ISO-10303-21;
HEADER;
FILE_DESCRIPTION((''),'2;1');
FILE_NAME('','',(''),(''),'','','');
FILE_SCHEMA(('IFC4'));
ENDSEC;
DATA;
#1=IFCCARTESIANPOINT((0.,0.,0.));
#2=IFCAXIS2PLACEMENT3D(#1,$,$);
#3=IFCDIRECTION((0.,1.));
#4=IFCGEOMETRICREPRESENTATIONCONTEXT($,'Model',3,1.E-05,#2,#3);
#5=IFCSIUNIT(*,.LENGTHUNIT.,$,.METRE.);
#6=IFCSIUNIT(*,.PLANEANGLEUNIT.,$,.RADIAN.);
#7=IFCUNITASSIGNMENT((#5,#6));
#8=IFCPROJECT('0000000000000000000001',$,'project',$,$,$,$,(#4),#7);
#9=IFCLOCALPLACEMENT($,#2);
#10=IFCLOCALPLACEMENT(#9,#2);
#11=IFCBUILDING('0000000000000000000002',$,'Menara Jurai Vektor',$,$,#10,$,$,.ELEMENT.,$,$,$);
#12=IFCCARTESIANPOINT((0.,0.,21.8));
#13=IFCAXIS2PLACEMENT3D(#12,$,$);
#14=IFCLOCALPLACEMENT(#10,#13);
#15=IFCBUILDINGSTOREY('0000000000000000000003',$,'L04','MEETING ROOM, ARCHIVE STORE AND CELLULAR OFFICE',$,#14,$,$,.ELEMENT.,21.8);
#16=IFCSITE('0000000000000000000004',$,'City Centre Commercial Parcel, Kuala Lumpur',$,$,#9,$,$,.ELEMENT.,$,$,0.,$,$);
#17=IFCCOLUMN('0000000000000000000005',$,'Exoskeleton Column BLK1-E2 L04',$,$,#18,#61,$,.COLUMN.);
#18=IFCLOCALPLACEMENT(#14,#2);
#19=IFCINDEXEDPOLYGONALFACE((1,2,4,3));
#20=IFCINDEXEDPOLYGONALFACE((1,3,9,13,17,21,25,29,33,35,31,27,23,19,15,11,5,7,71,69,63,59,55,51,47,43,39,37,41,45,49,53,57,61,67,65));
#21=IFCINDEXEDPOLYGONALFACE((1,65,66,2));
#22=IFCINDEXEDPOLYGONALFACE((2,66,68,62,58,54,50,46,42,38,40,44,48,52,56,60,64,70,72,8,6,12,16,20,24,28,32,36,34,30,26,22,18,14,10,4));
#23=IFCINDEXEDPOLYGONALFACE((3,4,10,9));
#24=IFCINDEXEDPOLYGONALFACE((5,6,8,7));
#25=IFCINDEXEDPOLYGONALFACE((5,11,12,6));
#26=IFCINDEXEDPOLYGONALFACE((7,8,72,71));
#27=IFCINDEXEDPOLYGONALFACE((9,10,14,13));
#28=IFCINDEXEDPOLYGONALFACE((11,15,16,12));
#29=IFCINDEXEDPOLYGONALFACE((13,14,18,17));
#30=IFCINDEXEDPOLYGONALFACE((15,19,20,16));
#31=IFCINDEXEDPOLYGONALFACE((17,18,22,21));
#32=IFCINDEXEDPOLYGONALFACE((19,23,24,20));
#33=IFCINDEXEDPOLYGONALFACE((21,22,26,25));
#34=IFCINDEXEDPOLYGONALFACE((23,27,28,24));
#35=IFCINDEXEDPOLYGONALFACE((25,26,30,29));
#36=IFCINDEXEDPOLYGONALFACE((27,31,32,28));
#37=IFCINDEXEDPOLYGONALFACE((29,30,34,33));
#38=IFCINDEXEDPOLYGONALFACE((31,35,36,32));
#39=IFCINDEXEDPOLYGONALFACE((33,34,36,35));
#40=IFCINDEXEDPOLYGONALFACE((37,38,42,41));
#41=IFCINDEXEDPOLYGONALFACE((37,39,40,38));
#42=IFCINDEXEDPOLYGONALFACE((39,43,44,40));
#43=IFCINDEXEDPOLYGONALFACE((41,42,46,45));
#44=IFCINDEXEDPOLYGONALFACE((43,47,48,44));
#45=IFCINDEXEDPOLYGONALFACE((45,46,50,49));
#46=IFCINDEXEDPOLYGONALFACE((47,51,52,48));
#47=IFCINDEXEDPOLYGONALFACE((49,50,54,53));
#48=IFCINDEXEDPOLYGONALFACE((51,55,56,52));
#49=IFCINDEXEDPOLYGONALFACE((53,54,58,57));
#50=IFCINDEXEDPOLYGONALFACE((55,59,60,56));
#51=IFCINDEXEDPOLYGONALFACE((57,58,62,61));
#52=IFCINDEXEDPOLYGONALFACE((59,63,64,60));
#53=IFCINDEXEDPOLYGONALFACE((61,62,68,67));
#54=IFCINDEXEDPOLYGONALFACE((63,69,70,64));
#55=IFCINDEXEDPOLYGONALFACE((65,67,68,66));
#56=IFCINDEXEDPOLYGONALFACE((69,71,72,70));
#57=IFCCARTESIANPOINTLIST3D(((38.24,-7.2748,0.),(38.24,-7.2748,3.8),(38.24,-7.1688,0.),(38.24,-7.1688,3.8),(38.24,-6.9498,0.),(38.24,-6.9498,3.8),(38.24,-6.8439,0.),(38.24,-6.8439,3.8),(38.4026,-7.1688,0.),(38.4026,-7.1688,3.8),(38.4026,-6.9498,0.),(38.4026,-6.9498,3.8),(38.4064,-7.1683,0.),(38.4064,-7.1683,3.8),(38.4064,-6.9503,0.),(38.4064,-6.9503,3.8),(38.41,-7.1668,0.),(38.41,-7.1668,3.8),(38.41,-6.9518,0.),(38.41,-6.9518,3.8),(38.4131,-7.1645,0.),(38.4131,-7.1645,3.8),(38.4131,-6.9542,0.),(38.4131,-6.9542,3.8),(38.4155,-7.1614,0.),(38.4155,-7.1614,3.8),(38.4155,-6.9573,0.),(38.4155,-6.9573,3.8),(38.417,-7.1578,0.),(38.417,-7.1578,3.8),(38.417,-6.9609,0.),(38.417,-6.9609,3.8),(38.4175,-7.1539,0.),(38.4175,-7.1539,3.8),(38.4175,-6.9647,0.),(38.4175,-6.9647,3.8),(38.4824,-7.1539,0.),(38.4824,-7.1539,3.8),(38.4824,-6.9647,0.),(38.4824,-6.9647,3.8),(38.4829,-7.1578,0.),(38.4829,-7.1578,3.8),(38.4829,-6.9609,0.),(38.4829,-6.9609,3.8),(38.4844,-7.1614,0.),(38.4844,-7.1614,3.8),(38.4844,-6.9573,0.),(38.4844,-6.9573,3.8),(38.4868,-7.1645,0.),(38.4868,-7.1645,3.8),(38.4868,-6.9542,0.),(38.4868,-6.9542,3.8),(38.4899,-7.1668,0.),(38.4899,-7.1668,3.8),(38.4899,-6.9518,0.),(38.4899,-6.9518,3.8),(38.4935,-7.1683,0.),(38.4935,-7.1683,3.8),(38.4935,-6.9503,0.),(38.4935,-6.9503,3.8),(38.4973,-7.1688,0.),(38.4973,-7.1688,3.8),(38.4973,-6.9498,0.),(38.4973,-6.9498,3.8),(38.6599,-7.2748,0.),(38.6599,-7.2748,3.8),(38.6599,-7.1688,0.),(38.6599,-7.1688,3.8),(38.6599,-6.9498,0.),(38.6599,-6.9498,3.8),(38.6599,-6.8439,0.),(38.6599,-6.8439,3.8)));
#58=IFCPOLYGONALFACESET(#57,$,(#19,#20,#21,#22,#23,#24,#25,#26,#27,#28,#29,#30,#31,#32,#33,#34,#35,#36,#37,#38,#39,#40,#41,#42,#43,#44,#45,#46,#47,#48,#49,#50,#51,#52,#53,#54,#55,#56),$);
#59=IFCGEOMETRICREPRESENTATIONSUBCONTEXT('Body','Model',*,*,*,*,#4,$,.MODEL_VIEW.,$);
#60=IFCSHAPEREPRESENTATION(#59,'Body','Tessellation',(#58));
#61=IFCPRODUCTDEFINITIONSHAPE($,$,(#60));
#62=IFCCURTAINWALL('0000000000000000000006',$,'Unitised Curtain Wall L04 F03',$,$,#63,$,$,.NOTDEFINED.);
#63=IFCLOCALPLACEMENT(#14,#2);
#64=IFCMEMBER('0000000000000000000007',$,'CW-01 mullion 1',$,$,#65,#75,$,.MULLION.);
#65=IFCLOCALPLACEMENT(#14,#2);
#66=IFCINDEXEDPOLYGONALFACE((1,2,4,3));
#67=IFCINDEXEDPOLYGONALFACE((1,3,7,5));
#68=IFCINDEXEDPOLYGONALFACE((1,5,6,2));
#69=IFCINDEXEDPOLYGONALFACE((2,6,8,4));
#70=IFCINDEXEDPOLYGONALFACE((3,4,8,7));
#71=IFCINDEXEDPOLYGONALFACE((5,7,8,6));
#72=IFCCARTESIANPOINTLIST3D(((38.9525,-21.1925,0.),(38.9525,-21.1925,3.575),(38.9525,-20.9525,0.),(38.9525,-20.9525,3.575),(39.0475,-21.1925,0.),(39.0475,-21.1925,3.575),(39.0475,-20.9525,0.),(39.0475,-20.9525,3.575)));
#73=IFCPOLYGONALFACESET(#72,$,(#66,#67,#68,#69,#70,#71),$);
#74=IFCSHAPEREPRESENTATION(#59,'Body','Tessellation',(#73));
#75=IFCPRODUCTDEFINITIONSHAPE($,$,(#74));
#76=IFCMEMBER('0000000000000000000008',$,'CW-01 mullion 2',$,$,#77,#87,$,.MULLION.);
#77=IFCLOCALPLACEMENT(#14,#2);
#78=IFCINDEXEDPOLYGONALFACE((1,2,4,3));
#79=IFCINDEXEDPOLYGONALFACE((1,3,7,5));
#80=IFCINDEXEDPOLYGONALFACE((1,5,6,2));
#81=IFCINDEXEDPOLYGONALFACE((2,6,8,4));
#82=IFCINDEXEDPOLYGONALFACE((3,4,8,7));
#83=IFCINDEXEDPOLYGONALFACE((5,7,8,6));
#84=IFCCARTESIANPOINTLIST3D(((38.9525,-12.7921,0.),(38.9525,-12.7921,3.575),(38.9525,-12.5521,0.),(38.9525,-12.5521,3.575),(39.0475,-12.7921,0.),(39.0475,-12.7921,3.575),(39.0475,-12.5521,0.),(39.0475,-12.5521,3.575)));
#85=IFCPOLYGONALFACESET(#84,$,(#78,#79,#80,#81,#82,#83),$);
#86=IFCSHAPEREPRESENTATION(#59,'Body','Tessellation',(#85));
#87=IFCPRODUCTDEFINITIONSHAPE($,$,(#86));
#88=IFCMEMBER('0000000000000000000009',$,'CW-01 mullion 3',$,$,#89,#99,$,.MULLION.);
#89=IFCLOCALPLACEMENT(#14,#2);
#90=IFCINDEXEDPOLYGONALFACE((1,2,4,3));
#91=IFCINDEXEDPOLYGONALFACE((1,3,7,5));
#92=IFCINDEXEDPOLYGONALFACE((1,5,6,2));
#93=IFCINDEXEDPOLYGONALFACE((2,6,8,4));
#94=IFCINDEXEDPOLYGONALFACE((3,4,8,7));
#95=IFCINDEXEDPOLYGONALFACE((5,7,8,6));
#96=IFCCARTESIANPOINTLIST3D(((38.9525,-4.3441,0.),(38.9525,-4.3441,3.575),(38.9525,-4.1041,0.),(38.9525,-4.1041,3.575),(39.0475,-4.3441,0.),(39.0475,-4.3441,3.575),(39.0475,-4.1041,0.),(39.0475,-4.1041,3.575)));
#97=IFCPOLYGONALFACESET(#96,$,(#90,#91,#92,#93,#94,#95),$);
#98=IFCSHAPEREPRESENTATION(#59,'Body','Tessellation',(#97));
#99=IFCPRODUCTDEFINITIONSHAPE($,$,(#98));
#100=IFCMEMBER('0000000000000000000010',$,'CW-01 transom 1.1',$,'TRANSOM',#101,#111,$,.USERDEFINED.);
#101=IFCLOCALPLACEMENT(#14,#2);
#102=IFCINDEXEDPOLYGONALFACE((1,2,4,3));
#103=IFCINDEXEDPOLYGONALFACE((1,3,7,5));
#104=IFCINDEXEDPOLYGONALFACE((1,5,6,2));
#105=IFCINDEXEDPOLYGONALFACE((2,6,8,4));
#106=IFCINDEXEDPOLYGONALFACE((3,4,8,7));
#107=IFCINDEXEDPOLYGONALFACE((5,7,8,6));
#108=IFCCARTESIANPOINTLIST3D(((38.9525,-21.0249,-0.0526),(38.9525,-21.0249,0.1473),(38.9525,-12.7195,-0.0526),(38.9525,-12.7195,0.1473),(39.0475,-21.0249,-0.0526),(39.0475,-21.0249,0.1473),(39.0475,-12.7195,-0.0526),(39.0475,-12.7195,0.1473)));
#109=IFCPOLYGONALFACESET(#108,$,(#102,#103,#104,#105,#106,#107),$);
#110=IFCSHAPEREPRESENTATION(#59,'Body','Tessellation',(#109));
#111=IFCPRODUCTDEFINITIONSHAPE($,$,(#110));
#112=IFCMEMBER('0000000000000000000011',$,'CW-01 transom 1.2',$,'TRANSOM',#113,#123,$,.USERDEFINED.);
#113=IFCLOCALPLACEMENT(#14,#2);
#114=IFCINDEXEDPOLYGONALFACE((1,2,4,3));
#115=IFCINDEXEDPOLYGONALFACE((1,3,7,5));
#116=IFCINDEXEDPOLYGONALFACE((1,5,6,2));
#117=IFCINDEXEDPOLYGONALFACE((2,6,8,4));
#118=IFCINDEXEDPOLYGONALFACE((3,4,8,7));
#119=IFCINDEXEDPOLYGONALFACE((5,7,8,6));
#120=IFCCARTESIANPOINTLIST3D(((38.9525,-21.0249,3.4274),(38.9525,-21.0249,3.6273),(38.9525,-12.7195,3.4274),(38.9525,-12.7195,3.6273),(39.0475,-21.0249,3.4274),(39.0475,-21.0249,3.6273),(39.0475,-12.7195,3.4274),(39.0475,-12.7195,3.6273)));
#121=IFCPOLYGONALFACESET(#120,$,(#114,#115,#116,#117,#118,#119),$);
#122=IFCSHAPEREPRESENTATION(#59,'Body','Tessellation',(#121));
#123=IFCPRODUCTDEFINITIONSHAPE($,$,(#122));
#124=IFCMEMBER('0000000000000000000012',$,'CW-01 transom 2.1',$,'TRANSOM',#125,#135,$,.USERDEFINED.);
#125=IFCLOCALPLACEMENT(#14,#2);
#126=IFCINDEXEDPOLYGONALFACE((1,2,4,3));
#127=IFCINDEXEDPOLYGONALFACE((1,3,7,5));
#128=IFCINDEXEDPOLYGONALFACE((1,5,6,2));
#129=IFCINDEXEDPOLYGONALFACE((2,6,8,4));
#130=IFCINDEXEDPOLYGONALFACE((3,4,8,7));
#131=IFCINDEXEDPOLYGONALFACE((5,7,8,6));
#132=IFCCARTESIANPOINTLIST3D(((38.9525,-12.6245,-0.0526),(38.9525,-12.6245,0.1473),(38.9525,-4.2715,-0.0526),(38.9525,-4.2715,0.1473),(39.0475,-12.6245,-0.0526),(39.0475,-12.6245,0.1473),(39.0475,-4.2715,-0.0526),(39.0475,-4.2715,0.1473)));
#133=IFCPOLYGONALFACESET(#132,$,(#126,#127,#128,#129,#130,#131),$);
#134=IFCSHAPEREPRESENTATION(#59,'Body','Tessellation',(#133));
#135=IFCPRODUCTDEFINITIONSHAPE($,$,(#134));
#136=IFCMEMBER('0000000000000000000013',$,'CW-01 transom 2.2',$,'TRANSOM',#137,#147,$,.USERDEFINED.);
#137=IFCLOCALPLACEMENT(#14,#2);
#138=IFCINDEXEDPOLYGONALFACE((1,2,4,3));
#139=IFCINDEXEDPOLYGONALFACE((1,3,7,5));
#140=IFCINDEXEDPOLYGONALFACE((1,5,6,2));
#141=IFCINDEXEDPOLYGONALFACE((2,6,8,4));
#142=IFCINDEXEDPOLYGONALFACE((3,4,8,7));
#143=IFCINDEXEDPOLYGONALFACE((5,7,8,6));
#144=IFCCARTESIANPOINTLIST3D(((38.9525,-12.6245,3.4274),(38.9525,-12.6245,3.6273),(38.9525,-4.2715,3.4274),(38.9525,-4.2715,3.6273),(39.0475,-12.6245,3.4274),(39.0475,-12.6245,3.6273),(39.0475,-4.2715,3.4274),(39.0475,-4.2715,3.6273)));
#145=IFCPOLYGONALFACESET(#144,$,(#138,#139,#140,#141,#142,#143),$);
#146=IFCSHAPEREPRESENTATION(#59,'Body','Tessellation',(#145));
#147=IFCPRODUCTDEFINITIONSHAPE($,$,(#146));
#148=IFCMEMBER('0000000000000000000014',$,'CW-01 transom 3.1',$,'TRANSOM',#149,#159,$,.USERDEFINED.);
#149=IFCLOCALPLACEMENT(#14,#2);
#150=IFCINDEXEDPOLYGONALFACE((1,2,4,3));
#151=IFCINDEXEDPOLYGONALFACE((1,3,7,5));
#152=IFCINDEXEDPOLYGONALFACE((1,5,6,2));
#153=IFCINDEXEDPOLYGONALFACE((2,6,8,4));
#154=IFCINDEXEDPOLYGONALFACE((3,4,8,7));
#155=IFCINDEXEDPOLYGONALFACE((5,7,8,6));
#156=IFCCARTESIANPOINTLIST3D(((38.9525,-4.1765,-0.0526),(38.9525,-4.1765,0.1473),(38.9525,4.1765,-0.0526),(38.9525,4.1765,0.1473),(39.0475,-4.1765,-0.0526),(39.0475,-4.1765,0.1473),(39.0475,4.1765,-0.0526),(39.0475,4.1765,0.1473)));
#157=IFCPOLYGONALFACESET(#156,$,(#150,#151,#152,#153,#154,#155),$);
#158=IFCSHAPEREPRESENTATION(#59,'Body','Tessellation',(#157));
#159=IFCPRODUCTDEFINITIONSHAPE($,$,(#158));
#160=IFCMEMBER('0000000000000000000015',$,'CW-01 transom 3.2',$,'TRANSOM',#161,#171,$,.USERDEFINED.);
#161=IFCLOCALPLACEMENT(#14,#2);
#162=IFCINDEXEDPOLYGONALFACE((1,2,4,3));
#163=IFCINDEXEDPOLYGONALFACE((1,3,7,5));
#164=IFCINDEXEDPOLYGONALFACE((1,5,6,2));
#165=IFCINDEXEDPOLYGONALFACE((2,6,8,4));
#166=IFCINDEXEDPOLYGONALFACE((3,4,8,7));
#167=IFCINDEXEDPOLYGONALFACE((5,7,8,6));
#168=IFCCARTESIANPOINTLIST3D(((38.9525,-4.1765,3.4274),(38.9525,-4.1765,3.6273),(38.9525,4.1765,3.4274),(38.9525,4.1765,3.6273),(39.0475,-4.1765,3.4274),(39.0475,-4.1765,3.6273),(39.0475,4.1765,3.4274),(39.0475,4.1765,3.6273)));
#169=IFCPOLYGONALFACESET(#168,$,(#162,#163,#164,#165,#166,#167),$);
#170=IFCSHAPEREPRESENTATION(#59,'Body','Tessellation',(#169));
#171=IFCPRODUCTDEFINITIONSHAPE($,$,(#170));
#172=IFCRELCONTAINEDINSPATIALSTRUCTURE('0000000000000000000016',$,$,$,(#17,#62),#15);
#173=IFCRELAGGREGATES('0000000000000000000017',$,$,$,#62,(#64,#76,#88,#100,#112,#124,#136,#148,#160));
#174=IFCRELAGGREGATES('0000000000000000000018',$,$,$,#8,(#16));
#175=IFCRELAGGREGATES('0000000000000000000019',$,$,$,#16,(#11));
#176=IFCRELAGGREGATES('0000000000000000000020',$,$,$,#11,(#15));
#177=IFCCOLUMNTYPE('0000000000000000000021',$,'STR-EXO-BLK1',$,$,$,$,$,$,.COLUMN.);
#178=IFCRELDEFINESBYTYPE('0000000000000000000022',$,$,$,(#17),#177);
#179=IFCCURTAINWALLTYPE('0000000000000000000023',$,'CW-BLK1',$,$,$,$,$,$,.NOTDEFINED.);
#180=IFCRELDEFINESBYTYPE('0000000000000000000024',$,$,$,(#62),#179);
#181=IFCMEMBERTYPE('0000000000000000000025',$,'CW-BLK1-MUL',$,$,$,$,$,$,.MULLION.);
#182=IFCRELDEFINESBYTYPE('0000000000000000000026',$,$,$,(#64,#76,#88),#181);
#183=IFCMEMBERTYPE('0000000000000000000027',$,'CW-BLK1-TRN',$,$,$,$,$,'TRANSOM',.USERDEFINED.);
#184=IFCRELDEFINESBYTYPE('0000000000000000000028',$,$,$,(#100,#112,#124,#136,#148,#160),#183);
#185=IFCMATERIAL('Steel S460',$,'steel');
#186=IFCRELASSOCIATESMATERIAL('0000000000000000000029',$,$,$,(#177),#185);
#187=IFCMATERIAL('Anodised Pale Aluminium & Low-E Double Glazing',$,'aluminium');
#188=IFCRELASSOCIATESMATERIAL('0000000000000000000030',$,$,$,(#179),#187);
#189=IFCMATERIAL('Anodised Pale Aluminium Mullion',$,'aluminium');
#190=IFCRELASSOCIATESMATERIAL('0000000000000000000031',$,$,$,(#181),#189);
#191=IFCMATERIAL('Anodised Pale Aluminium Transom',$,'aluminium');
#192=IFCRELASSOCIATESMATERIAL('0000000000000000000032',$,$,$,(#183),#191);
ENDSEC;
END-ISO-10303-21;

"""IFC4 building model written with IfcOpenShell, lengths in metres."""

from ifc_helpers import new_model, si_unit, direction, frame, origin, origin_2d, place, context, subcontext, project, spatial, rectangle, i_section, extrude, material, material_profile, profile_set, type_object, element, aggregate, save


model = new_model("IFC4")

# Units and contexts
model_context = context("Model", 3, precision=1e-05, world=origin(), true_north=direction((0.0, 1.0)))
body_context = subcontext(model_context, "Body", "Model", "MODEL_VIEW")
ifc_project = project(units=[si_unit("LENGTHUNIT", "METRE"), si_unit("PLANEANGLEUNIT", "RADIAN")], contexts=[model_context])

# Site, building, storey
site_placement = place(None, origin())
site = spatial("IfcSite", under=ifc_project, at=site_placement, Name="City Centre Commercial Parcel, Kuala Lumpur", CompositionType="ELEMENT", RefElevation=0.0)
building_placement = place(site_placement, origin())
building = spatial("IfcBuilding", under=site, at=building_placement, Name="Menara Jurai Vektor", CompositionType="ELEMENT")
storey_placement = place(building_placement, frame((0.0, 0.0, 21.8)))
storey = spatial("IfcBuildingStorey", under=building, at=storey_placement, Name="L04", Description="MEETING ROOM, ARCHIVE STORE AND CELLULAR OFFICE", CompositionType="ELEMENT", Elevation=21.8)

# Column
ifc_material_1 = material(Name="Steel S460", Category="steel")
ifc_material_profile_1 = material_profile(ifc_material_1, i_section(OverallWidth=0.4199, OverallDepth=0.4309, WebThickness=0.0649, FlangeThickness=0.106, FilletRadius=0.0149, at=origin_2d()), Name="HD 400x900")
ifc_profile_set_1 = profile_set([ifc_material_profile_1], Name="Steel S460")
column_type = type_object("IfcColumnType", Name="STR-EXO-BLK1", PredefinedType="COLUMN", material=ifc_profile_set_1)
column_placement = place(storey_placement, frame((38.45, -7.0593, 0.0), z_axis=(0.0, 0.0, 1.0), x_axis=(1.0, 0.0, 0.0)))
element("IfcColumn", 1, at=column_placement, inside=storey, type_object=column_type, Name="Exoskeleton Column BLK1-E2 L04", PredefinedType="COLUMN", context=body_context, shape_type="SweptSolid", body=[
    extrude(i_section(OverallWidth=0.4199, OverallDepth=0.4309, WebThickness=0.0649, FlangeThickness=0.106, FilletRadius=0.0149, at=origin_2d()), origin(), (0.0, 0.0, 1.0), 3.8),
])

# Curtain wall, members
ifc_material_2 = material(Name="Anodised Pale Aluminium & Low-E Double Glazing", Category="aluminium")
curtain_wall_type = type_object("IfcCurtainWallType", Name="CW-BLK1", PredefinedType="NOTDEFINED", material=ifc_material_2)
curtain_wall_placement = place(storey_placement, origin())
curtain_wall = element("IfcCurtainWall", 2, at=curtain_wall_placement, inside=storey, type_object=curtain_wall_type, Name="Unitised Curtain Wall L04 F03", PredefinedType="NOTDEFINED")
ifc_material_3 = material(Name="Anodised Pale Aluminium Mullion", Category="aluminium")
ifc_material_profile_2 = material_profile(ifc_material_3, rectangle(XDim=0.095, YDim=0.24, at=origin_2d()), Name="ALU MUL 95x240")
ifc_profile_set_2 = profile_set([ifc_material_profile_2], Name="Anodised Pale Aluminium Mullion")
member_type_1 = type_object("IfcMemberType", Name="CW-BLK1-MUL", PredefinedType="MULLION", material=ifc_profile_set_2)
member_1_placement = place(storey_placement, frame((39.0, -21.0725, 0.0), z_axis=(0.0, 0.0, 1.0), x_axis=(-1.0, 0.0, 0.0)))
member_1 = element("IfcMember", 3, at=member_1_placement, type_object=member_type_1, Name="CW-01 mullion 1", PredefinedType="MULLION", context=body_context, shape_type="SweptSolid", body=[
    extrude(rectangle(XDim=0.095, YDim=0.24, at=origin_2d()), origin(), (0.0, 0.0, 1.0), 3.575),
])
member_2_placement = place(storey_placement, frame((39.0, -12.6721, 0.0), z_axis=(0.0, 0.0, 1.0), x_axis=(-1.0, 0.0, 0.0)))
member_2 = element("IfcMember", 4, at=member_2_placement, type_object=member_type_1, Name="CW-01 mullion 2", PredefinedType="MULLION", context=body_context, shape_type="SweptSolid", body=[
    extrude(rectangle(XDim=0.095, YDim=0.24, at=origin_2d()), origin(), (0.0, 0.0, 1.0), 3.575),
])
member_3_placement = place(storey_placement, frame((39.0, -4.2241, 0.0), z_axis=(0.0, 0.0, 1.0), x_axis=(-1.0, 0.0, 0.0)))
member_3 = element("IfcMember", 5, at=member_3_placement, type_object=member_type_1, Name="CW-01 mullion 3", PredefinedType="MULLION", context=body_context, shape_type="SweptSolid", body=[
    extrude(rectangle(XDim=0.095, YDim=0.24, at=origin_2d()), origin(), (0.0, 0.0, 1.0), 3.575),
])
ifc_material_4 = material(Name="Anodised Pale Aluminium Transom", Category="aluminium")
ifc_material_profile_3 = material_profile(ifc_material_4, rectangle(XDim=0.095, YDim=0.2, at=origin_2d()), Name="ALU TRN 95x200")
ifc_profile_set_3 = profile_set([ifc_material_profile_3], Name="Anodised Pale Aluminium Transom")
member_type_2 = type_object("IfcMemberType", Name="CW-BLK1-TRN", ElementType="TRANSOM", PredefinedType="USERDEFINED", material=ifc_profile_set_3)
member_4_placement = place(storey_placement, frame((39.0, -21.0249, 0.0474), z_axis=(0.0, 1.0, 0.0), x_axis=(-1.0, 0.0, 0.0)))
member_4 = element("IfcMember", 6, at=member_4_placement, type_object=member_type_2, Name="CW-01 transom 1.1", ObjectType="TRANSOM", PredefinedType="USERDEFINED", context=body_context, shape_type="SweptSolid", body=[
    extrude(rectangle(XDim=0.095, YDim=0.2, at=origin_2d()), origin(), (0.0, 0.0, 1.0), 8.3054),
])
member_5_placement = place(storey_placement, frame((39.0, -21.0249, 3.5273), z_axis=(0.0, 1.0, 0.0), x_axis=(-1.0, 0.0, 0.0)))
member_5 = element("IfcMember", 7, at=member_5_placement, type_object=member_type_2, Name="CW-01 transom 1.2", ObjectType="TRANSOM", PredefinedType="USERDEFINED", context=body_context, shape_type="SweptSolid", body=[
    extrude(rectangle(XDim=0.095, YDim=0.2, at=origin_2d()), origin(), (0.0, 0.0, 1.0), 8.3054),
])
member_6_placement = place(storey_placement, frame((39.0, -12.6245, 0.0474), z_axis=(0.0, 1.0, 0.0), x_axis=(-1.0, 0.0, 0.0)))
member_6 = element("IfcMember", 8, at=member_6_placement, type_object=member_type_2, Name="CW-01 transom 2.1", ObjectType="TRANSOM", PredefinedType="USERDEFINED", context=body_context, shape_type="SweptSolid", body=[
    extrude(rectangle(XDim=0.095, YDim=0.2, at=origin_2d()), origin(), (0.0, 0.0, 1.0), 8.353),
])
member_7_placement = place(storey_placement, frame((39.0, -12.6245, 3.5273), z_axis=(0.0, 1.0, 0.0), x_axis=(-1.0, 0.0, 0.0)))
member_7 = element("IfcMember", 9, at=member_7_placement, type_object=member_type_2, Name="CW-01 transom 2.2", ObjectType="TRANSOM", PredefinedType="USERDEFINED", context=body_context, shape_type="SweptSolid", body=[
    extrude(rectangle(XDim=0.095, YDim=0.2, at=origin_2d()), origin(), (0.0, 0.0, 1.0), 8.353),
])
member_8_placement = place(storey_placement, frame((39.0, -4.1765, 0.0474), z_axis=(0.0, 1.0, 0.0), x_axis=(-1.0, 0.0, 0.0)))
member_8 = element("IfcMember", 10, at=member_8_placement, type_object=member_type_2, Name="CW-01 transom 3.1", ObjectType="TRANSOM", PredefinedType="USERDEFINED", context=body_context, shape_type="SweptSolid", body=[
    extrude(rectangle(XDim=0.095, YDim=0.2, at=origin_2d()), origin(), (0.0, 0.0, 1.0), 8.353),
])
member_9_placement = place(storey_placement, frame((39.0, -4.1765, 3.5273), z_axis=(0.0, 1.0, 0.0), x_axis=(-1.0, 0.0, 0.0)))
member_9 = element("IfcMember", 11, at=member_9_placement, type_object=member_type_2, Name="CW-01 transom 3.2", ObjectType="TRANSOM", PredefinedType="USERDEFINED", context=body_context, shape_type="SweptSolid", body=[
    extrude(rectangle(XDim=0.095, YDim=0.2, at=origin_2d()), origin(), (0.0, 0.0, 1.0), 8.353),
])

aggregate(curtain_wall, [member_1, member_2, member_3, member_4, member_5, member_6, member_7, member_8, member_9])

save(model, "model.ifc")
